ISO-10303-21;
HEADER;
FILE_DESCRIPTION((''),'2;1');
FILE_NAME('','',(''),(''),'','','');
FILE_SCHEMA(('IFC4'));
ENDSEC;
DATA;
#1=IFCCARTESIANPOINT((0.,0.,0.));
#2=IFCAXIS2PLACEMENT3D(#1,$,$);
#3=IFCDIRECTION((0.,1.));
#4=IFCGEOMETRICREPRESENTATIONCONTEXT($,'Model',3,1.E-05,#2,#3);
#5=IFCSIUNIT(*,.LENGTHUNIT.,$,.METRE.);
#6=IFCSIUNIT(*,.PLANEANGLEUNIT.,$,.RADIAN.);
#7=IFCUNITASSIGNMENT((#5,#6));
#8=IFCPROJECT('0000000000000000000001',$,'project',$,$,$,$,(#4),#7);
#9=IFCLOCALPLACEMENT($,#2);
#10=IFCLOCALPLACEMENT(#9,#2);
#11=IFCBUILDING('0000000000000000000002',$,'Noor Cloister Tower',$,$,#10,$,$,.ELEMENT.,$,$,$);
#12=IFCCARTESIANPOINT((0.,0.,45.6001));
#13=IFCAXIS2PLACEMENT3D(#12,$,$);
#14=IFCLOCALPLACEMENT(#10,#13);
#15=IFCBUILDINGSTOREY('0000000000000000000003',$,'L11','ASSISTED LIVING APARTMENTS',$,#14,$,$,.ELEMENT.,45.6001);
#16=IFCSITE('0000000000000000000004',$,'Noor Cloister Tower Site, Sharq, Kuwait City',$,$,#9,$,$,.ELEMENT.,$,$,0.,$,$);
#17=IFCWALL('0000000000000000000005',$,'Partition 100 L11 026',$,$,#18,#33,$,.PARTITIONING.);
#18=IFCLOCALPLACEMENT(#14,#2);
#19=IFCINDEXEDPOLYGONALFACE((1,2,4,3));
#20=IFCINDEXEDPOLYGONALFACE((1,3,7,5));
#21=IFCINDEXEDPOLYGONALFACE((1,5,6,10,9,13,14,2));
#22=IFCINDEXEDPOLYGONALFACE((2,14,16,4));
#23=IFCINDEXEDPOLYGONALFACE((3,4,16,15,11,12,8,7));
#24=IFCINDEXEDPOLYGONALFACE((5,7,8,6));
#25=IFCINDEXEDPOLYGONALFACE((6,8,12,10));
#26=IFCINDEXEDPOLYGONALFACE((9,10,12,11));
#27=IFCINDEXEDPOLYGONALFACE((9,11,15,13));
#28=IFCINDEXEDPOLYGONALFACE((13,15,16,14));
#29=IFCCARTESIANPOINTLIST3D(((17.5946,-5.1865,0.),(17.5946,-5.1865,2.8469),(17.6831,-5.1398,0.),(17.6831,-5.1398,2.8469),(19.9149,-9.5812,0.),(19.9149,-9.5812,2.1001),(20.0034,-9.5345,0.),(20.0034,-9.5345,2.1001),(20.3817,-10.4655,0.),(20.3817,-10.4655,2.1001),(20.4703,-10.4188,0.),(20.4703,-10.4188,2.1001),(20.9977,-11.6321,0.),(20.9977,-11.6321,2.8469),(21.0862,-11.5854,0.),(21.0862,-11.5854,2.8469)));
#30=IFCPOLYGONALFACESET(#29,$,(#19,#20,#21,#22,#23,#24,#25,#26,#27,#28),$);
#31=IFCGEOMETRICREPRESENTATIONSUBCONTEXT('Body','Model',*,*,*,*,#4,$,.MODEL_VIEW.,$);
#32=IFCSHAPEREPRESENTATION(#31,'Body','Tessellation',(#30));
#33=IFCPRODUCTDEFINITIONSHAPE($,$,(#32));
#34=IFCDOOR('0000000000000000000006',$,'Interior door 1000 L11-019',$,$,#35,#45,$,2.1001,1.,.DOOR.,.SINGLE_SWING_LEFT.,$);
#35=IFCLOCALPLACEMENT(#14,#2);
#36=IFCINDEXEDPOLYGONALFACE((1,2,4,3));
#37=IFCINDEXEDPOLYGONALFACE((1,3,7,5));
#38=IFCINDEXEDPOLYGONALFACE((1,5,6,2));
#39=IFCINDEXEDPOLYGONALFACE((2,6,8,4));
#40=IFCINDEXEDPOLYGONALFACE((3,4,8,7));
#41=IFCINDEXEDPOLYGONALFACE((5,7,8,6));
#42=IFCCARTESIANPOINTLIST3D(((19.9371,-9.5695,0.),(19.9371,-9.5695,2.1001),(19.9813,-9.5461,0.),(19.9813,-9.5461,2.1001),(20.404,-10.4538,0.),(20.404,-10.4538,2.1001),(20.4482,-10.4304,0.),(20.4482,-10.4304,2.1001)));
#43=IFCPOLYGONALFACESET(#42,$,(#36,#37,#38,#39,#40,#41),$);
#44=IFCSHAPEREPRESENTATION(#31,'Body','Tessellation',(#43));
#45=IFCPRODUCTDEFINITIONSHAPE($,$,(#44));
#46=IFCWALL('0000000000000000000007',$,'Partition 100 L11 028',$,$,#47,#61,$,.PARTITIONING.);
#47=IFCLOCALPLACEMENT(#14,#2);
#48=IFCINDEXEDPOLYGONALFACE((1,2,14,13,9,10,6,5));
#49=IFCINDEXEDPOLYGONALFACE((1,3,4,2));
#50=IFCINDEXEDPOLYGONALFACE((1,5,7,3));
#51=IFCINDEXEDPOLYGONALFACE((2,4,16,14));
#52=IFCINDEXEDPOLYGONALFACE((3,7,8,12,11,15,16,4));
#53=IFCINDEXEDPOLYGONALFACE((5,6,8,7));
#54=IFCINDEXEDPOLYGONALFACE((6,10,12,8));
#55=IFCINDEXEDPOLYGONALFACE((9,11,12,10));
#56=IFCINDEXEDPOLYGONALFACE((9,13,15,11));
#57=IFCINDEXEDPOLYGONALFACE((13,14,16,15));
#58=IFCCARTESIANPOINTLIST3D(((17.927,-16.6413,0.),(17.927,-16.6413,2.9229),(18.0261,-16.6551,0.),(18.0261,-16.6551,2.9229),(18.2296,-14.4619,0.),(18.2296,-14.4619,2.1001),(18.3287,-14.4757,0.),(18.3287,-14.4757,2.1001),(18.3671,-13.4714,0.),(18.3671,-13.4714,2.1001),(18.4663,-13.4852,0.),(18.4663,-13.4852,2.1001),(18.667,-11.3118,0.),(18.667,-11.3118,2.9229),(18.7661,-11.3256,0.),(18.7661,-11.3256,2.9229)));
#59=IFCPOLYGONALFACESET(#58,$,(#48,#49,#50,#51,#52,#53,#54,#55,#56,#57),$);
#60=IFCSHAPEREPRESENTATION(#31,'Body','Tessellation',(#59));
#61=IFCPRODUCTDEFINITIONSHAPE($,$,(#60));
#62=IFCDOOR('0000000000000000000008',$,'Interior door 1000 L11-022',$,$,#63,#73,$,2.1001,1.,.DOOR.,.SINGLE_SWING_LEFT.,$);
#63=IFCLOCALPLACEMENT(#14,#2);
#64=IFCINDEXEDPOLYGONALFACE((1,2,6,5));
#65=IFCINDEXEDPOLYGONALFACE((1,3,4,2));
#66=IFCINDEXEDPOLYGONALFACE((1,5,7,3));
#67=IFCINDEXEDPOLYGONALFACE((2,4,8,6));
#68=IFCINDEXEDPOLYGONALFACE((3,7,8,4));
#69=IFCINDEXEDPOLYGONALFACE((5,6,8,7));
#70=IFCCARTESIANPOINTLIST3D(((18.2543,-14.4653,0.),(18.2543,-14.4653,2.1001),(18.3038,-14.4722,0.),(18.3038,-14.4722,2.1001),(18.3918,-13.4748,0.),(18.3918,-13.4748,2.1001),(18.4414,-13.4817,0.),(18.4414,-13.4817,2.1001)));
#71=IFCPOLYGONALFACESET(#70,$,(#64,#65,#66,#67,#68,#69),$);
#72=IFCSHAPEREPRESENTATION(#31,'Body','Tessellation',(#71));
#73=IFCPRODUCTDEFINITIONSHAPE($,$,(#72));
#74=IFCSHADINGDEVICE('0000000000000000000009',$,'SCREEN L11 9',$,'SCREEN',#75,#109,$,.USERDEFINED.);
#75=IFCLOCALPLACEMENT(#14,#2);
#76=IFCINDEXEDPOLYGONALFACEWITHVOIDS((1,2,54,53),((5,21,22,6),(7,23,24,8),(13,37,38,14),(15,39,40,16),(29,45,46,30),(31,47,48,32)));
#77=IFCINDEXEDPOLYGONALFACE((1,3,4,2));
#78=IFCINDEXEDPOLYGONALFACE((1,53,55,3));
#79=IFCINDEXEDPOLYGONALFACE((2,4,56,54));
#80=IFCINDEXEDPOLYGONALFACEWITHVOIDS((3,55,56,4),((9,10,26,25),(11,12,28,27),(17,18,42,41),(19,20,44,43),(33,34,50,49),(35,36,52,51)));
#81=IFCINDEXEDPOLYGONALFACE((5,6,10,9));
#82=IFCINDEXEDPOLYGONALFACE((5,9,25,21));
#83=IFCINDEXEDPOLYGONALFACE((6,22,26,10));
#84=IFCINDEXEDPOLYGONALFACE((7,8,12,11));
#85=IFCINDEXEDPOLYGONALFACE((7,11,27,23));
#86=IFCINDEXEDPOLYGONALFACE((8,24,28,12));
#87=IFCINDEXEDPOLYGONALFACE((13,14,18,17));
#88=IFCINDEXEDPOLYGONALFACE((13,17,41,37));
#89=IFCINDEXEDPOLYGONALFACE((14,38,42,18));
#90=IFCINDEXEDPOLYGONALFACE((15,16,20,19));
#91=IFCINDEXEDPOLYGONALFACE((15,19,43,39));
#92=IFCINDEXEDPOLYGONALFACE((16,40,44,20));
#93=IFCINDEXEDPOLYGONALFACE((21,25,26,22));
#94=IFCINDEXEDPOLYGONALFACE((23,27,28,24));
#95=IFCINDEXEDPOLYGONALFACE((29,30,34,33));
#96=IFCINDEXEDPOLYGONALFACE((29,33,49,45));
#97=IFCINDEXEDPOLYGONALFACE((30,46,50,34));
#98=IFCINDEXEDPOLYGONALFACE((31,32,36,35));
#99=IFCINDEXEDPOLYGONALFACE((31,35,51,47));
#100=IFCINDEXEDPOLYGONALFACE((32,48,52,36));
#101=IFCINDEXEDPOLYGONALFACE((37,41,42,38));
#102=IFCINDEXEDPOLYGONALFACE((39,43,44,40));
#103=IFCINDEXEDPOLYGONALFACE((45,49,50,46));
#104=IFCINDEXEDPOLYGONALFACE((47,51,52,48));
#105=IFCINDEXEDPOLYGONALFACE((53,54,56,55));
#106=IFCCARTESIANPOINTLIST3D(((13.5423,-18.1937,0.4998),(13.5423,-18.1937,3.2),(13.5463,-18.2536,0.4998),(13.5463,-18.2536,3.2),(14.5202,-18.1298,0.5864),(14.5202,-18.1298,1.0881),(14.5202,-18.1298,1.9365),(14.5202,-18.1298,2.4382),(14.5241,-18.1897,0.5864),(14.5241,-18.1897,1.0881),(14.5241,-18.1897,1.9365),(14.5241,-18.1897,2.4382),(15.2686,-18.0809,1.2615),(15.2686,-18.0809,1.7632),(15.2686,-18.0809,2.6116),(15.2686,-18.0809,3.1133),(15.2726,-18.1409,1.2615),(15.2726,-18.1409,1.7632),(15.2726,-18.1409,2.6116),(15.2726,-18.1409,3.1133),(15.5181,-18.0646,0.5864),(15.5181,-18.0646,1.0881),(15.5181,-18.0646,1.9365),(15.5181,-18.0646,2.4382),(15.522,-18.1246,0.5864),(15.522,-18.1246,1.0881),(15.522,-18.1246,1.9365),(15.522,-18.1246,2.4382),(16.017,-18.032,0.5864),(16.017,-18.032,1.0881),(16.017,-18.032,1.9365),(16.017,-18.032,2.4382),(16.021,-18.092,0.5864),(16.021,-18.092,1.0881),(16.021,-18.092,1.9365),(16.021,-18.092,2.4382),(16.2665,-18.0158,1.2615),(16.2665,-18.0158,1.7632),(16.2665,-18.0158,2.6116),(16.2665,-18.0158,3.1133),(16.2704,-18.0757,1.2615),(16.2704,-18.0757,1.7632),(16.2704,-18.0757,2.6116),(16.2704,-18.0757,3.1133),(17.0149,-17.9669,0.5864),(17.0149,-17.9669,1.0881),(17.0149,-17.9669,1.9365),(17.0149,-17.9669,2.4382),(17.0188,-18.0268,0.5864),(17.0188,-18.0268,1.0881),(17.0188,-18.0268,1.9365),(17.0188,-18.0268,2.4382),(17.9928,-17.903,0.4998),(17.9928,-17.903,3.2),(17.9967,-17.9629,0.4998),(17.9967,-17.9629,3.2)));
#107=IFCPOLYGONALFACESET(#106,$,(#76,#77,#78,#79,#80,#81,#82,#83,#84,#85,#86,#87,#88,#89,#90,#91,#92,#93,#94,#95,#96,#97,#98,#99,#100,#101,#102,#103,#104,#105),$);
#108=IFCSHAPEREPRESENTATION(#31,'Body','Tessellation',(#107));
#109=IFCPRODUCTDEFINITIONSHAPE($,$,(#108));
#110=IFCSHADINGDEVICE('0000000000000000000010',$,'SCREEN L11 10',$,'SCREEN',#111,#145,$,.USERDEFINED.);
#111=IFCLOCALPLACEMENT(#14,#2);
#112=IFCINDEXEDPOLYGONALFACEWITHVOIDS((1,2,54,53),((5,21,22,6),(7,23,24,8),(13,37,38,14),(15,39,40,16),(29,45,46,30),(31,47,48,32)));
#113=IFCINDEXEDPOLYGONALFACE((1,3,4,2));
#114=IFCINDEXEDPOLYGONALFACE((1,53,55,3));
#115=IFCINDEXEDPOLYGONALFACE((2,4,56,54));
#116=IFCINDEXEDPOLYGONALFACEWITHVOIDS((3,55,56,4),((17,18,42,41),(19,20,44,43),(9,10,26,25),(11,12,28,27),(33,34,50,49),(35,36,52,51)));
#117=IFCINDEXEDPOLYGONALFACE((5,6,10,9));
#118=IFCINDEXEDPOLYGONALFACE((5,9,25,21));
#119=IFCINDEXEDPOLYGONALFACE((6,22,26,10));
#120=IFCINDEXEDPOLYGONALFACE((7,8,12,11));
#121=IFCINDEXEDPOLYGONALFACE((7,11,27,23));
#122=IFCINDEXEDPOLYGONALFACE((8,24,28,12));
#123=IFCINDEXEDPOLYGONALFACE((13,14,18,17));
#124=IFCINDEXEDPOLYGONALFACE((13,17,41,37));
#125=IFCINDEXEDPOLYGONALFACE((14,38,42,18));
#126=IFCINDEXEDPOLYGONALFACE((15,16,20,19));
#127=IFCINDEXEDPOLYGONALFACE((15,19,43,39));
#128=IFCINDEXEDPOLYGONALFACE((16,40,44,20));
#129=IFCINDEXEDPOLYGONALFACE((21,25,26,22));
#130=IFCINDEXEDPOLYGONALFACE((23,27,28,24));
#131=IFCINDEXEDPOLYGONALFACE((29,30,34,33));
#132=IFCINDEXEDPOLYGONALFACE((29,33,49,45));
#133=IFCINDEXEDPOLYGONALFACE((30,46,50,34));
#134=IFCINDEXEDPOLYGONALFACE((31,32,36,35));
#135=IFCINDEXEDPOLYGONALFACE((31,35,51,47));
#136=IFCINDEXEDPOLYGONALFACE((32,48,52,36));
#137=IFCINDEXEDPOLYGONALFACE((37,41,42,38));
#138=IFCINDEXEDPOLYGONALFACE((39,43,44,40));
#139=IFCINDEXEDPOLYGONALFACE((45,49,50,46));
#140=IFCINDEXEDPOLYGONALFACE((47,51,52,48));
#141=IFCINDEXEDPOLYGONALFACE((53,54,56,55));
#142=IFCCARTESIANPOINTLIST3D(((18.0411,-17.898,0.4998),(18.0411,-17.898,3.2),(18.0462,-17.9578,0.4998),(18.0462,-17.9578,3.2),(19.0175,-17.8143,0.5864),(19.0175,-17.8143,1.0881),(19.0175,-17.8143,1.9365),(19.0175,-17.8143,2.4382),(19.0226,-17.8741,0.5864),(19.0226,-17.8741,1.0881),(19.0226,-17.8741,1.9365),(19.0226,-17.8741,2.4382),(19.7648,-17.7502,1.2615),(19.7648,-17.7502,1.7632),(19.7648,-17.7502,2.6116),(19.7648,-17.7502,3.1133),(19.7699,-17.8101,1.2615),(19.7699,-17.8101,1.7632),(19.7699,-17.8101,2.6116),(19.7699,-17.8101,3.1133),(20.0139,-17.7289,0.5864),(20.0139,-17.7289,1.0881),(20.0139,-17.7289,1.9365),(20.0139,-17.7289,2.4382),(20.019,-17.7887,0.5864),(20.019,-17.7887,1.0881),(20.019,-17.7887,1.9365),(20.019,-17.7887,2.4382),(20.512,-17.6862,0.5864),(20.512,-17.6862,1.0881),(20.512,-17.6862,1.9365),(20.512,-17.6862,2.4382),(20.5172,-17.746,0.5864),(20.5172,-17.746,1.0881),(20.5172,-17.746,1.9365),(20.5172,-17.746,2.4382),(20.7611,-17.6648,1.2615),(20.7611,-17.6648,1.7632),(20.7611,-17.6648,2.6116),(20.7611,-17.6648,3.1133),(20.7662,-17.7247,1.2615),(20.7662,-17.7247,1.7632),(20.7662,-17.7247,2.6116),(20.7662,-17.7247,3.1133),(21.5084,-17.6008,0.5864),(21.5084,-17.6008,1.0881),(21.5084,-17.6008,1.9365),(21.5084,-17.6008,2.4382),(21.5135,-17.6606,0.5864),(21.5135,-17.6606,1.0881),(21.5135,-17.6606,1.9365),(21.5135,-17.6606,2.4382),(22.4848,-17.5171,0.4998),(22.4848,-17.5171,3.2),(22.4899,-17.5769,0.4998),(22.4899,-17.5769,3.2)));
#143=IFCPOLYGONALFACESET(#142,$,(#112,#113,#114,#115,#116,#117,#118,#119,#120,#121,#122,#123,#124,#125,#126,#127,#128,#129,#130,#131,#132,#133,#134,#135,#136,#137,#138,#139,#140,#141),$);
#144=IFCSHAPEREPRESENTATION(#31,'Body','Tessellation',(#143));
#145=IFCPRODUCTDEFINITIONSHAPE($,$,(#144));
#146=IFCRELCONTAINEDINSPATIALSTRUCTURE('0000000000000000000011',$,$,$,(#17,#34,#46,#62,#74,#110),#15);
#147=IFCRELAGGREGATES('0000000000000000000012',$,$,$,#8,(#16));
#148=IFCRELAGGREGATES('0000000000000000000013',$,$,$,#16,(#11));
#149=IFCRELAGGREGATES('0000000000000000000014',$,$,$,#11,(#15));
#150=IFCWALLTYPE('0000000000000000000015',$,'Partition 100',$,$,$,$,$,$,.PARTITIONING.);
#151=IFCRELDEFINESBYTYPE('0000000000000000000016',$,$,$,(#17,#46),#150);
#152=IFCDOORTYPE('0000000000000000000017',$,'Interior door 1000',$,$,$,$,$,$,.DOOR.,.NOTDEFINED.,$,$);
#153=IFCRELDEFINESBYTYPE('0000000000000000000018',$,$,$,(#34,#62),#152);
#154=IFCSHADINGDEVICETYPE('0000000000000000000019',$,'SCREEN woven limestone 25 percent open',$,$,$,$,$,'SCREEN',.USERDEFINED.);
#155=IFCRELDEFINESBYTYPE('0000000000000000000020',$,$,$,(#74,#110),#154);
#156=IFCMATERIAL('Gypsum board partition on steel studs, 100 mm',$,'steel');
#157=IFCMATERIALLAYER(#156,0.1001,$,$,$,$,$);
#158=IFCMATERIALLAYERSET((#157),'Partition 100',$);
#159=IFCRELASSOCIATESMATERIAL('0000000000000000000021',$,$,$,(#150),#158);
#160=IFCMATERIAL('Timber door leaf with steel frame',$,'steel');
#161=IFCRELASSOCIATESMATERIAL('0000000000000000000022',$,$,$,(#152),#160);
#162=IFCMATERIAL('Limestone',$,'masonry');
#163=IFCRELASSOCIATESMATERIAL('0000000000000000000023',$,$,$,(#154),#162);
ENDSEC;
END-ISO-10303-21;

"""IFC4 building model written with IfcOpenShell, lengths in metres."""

from ifc_helpers import new_model, si_unit, direction, frame, frame_2d, origin, place, context, subcontext, project, spatial, polyline, rectangle, outline, extrude, material, layer, layer_set, material_profile, profile_set, type_object, element, fill, save


model = new_model("IFC4")

# Units and contexts
model_context = context("Model", 3, precision=1e-05, world=origin(), true_north=direction((0.0, 1.0)))
body_context = subcontext(model_context, "Body", "Model", "MODEL_VIEW")
ifc_project = project(units=[si_unit("LENGTHUNIT", "METRE"), si_unit("PLANEANGLEUNIT", "RADIAN")], contexts=[model_context])

# Site, building, storey
site_placement = place(None, origin())
site = spatial("IfcSite", under=ifc_project, at=site_placement, Name="Noor Cloister Tower Site, Sharq, Kuwait City", CompositionType="ELEMENT", RefElevation=0.0)
building_placement = place(site_placement, origin())
building = spatial("IfcBuilding", under=site, at=building_placement, Name="Noor Cloister Tower", CompositionType="ELEMENT")
storey_placement = place(building_placement, frame((0.0, 0.0, 45.6001)))
storey = spatial("IfcBuildingStorey", under=building, at=storey_placement, Name="L11", Description="ASSISTED LIVING APARTMENTS", CompositionType="ELEMENT", Elevation=45.6001)

# Walls, openings, doors
ifc_material_1 = material(Name="Gypsum board partition on steel studs, 100 mm", Category="steel")
ifc_layer_1 = layer(ifc_material_1, 0.1001)
ifc_layer_set_1 = layer_set([ifc_layer_1], Name="Partition 100")
wall_type = type_object("IfcWallType", Name="Partition 100", PredefinedType="PARTITIONING", material=ifc_layer_set_1)
wall_1_placement = place(storey_placement, frame((21.042, -11.6089, 0.0), z_axis=(0.0, 0.0, 1.0), x_axis=(-0.466893, 0.884314, 0.0)))
wall_1 = element("IfcWall", 1, at=wall_1_placement, inside=storey, type_object=wall_type, Name="Partition 100 L11 026", PredefinedType="PARTITIONING", context=body_context, shape_type="SweptSolid", body=[
    extrude(rectangle(XDim=7.2888, YDim=0.1001, at=frame_2d((3.6445, 0.0))), origin(), (0.0, 0.0, 1.0), 2.8469),
])
opening_1_placement = place(wall_1_placement, frame((1.3193, 0.0, 0.0)))
opening_1 = element("IfcOpeningElement", 2, at=opening_1_placement, cuts=wall_1, PredefinedType="OPENING", context=body_context, shape_type="SweptSolid", body=[
    extrude(rectangle(XDim=1.0, YDim=2.1001, at=frame_2d((0.5, 1.05))), frame((0.0, 0.0601, 0.0), z_axis=(0.0, -1.0, 0.0), x_axis=(1.0, 0.0, 0.0)), (0.0, 0.0, 1.0), 0.1201),
])
ifc_material_2 = material(Name="Timber door leaf with steel frame", Category="steel")
door_type = type_object("IfcDoorType", Name="Interior door 1000", OperationType="NOTDEFINED", PredefinedType="DOOR", material=ifc_material_2)
door_1_placement = place(opening_1_placement, origin())
door_1 = element("IfcDoor", 3, at=door_1_placement, inside=storey, type_object=door_type, Name="Interior door 1000 L11-019", OperationType="SINGLE_SWING_LEFT", OverallHeight=2.1001, OverallWidth=1.0, PredefinedType="DOOR", context=body_context, shape_type="SweptSolid", body=[
    extrude(rectangle(XDim=1.0, YDim=2.1001, at=frame_2d((0.5, 1.05))), frame((0.0, 0.0249, 0.0), z_axis=(0.0, -1.0, 0.0), x_axis=(1.0, 0.0, 0.0)), (0.0, 0.0, 1.0), 0.05),
])
fill(opening_1, door_1)
wall_2_placement = place(storey_placement, frame((18.7166, -11.3186, 0.0), z_axis=(0.0, 0.0, 1.0), x_axis=(-0.137526, -0.990498, 0.0)))
wall_2 = element("IfcWall", 4, at=wall_2_placement, inside=storey, type_object=wall_type, Name="Partition 100 L11 028", PredefinedType="PARTITIONING", context=body_context, shape_type="SweptSolid", body=[
    extrude(rectangle(XDim=5.3806, YDim=0.1001, at=frame_2d((2.6904, 0.0))), origin(), (0.0, 0.0, 1.0), 2.9229),
])
opening_2_placement = place(wall_2_placement, frame((2.1804, 0.0, 0.0)))
opening_2 = element("IfcOpeningElement", 5, at=opening_2_placement, cuts=wall_2, PredefinedType="OPENING", context=body_context, shape_type="SweptSolid", body=[
    extrude(rectangle(XDim=1.0, YDim=2.1001, at=frame_2d((0.5, 1.05))), frame((0.0, 0.0601, 0.0), z_axis=(0.0, -1.0, 0.0), x_axis=(1.0, 0.0, 0.0)), (0.0, 0.0, 1.0), 0.1201),
])
door_2_placement = place(opening_2_placement, origin())
door_2 = element("IfcDoor", 6, at=door_2_placement, inside=storey, type_object=door_type, Name="Interior door 1000 L11-022", OperationType="SINGLE_SWING_LEFT", OverallHeight=2.1001, OverallWidth=1.0, PredefinedType="DOOR", context=body_context, shape_type="SweptSolid", body=[
    extrude(rectangle(XDim=1.0, YDim=2.1001, at=frame_2d((0.5, 1.05))), frame((0.0, 0.0249, 0.0), z_axis=(0.0, -1.0, 0.0), x_axis=(1.0, 0.0, 0.0)), (0.0, 0.0, 1.0), 0.05),
])
fill(opening_2, door_2)

# Shading devices
ifc_material_3 = material(Name="Limestone", Category="masonry")
ifc_material_profile_1 = material_profile(ifc_material_3, outline(polyline([(-2.23, -1.3501), (2.23, -1.3501), (2.23, 1.3501), (-2.23, 1.3501), (-2.23, -1.3501)]), holes=[polyline([(-1.25, -1.2634), (-0.25, -1.2634), (-0.25, -0.7617), (-1.25, -0.7617), (-1.25, -1.2634)]), polyline([(0.25, -1.2634), (1.25, -1.2634), (1.25, -0.7617), (0.25, -0.7617), (0.25, -1.2634)]), polyline([(-0.5, -0.5884), (0.5, -0.5884), (0.5, -0.0867), (-0.5, -0.0867), (-0.5, -0.5884)]), polyline([(-1.25, 0.0867), (-0.25, 0.0867), (-0.25, 0.5884), (-1.25, 0.5884), (-1.25, 0.0867)]), polyline([(0.25, 0.0867), (1.25, 0.0867), (1.25, 0.5884), (0.25, 0.5884), (0.25, 0.0867)]), polyline([(-0.5, 0.7617), (0.5, 0.7617), (0.5, 1.2634), (-0.5, 1.2634), (-0.5, 0.7617)])]), Name="Woven screen 25 percent open")
ifc_profile_set_1 = profile_set([ifc_material_profile_1], Name="Limestone")
shading_device_type = type_object("IfcShadingDeviceType", Name="SCREEN woven limestone 25 percent open", ElementType="SCREEN", PredefinedType="USERDEFINED", material=ifc_profile_set_1)
for number, where, z_axis, x_axis, name in (
    (7, (15.7676, -18.0483, 1.8499), (0.065167, -0.997874, 0.0), (0.997874, 0.065167, 0.0), "SCREEN L11 9"),
    (8, (20.2629, -17.7075, 1.8499), (0.085401, -0.996347, 0.0), (0.996347, 0.085401, 0.0), "SCREEN L11 10"),
):
    element("IfcShadingDevice", number, at=place(storey_placement, frame(where, z_axis=z_axis, x_axis=x_axis)), inside=storey, type_object=shading_device_type, Name=name, ObjectType="SCREEN", PredefinedType="USERDEFINED", context=body_context, shape_type="SweptSolid", body=[
        extrude(outline(polyline([(-2.23, -1.3501), (2.23, -1.3501), (2.23, 1.3501), (-2.23, 1.3501), (-2.23, -1.3501)]), holes=[polyline([(-1.25, -1.2634), (-0.25, -1.2634), (-0.25, -0.7617), (-1.25, -0.7617), (-1.25, -1.2634)]), polyline([(0.25, -1.2634), (1.25, -1.2634), (1.25, -0.7617), (0.25, -0.7617), (0.25, -1.2634)]), polyline([(-0.5, -0.5884), (0.5, -0.5884), (0.5, -0.0867), (-0.5, -0.0867), (-0.5, -0.5884)]), polyline([(-1.25, 0.0867), (-0.25, 0.0867), (-0.25, 0.5884), (-1.25, 0.5884), (-1.25, 0.0867)]), polyline([(0.25, 0.0867), (1.25, 0.0867), (1.25, 0.5884), (0.25, 0.5884), (0.25, 0.0867)]), polyline([(-0.5, 0.7617), (0.5, 0.7617), (0.5, 1.2634), (-0.5, 1.2634), (-0.5, 0.7617)])]), origin(), (0.0, 0.0, 1.0), 0.0601),
    ])

save(model, "model.ifc")
